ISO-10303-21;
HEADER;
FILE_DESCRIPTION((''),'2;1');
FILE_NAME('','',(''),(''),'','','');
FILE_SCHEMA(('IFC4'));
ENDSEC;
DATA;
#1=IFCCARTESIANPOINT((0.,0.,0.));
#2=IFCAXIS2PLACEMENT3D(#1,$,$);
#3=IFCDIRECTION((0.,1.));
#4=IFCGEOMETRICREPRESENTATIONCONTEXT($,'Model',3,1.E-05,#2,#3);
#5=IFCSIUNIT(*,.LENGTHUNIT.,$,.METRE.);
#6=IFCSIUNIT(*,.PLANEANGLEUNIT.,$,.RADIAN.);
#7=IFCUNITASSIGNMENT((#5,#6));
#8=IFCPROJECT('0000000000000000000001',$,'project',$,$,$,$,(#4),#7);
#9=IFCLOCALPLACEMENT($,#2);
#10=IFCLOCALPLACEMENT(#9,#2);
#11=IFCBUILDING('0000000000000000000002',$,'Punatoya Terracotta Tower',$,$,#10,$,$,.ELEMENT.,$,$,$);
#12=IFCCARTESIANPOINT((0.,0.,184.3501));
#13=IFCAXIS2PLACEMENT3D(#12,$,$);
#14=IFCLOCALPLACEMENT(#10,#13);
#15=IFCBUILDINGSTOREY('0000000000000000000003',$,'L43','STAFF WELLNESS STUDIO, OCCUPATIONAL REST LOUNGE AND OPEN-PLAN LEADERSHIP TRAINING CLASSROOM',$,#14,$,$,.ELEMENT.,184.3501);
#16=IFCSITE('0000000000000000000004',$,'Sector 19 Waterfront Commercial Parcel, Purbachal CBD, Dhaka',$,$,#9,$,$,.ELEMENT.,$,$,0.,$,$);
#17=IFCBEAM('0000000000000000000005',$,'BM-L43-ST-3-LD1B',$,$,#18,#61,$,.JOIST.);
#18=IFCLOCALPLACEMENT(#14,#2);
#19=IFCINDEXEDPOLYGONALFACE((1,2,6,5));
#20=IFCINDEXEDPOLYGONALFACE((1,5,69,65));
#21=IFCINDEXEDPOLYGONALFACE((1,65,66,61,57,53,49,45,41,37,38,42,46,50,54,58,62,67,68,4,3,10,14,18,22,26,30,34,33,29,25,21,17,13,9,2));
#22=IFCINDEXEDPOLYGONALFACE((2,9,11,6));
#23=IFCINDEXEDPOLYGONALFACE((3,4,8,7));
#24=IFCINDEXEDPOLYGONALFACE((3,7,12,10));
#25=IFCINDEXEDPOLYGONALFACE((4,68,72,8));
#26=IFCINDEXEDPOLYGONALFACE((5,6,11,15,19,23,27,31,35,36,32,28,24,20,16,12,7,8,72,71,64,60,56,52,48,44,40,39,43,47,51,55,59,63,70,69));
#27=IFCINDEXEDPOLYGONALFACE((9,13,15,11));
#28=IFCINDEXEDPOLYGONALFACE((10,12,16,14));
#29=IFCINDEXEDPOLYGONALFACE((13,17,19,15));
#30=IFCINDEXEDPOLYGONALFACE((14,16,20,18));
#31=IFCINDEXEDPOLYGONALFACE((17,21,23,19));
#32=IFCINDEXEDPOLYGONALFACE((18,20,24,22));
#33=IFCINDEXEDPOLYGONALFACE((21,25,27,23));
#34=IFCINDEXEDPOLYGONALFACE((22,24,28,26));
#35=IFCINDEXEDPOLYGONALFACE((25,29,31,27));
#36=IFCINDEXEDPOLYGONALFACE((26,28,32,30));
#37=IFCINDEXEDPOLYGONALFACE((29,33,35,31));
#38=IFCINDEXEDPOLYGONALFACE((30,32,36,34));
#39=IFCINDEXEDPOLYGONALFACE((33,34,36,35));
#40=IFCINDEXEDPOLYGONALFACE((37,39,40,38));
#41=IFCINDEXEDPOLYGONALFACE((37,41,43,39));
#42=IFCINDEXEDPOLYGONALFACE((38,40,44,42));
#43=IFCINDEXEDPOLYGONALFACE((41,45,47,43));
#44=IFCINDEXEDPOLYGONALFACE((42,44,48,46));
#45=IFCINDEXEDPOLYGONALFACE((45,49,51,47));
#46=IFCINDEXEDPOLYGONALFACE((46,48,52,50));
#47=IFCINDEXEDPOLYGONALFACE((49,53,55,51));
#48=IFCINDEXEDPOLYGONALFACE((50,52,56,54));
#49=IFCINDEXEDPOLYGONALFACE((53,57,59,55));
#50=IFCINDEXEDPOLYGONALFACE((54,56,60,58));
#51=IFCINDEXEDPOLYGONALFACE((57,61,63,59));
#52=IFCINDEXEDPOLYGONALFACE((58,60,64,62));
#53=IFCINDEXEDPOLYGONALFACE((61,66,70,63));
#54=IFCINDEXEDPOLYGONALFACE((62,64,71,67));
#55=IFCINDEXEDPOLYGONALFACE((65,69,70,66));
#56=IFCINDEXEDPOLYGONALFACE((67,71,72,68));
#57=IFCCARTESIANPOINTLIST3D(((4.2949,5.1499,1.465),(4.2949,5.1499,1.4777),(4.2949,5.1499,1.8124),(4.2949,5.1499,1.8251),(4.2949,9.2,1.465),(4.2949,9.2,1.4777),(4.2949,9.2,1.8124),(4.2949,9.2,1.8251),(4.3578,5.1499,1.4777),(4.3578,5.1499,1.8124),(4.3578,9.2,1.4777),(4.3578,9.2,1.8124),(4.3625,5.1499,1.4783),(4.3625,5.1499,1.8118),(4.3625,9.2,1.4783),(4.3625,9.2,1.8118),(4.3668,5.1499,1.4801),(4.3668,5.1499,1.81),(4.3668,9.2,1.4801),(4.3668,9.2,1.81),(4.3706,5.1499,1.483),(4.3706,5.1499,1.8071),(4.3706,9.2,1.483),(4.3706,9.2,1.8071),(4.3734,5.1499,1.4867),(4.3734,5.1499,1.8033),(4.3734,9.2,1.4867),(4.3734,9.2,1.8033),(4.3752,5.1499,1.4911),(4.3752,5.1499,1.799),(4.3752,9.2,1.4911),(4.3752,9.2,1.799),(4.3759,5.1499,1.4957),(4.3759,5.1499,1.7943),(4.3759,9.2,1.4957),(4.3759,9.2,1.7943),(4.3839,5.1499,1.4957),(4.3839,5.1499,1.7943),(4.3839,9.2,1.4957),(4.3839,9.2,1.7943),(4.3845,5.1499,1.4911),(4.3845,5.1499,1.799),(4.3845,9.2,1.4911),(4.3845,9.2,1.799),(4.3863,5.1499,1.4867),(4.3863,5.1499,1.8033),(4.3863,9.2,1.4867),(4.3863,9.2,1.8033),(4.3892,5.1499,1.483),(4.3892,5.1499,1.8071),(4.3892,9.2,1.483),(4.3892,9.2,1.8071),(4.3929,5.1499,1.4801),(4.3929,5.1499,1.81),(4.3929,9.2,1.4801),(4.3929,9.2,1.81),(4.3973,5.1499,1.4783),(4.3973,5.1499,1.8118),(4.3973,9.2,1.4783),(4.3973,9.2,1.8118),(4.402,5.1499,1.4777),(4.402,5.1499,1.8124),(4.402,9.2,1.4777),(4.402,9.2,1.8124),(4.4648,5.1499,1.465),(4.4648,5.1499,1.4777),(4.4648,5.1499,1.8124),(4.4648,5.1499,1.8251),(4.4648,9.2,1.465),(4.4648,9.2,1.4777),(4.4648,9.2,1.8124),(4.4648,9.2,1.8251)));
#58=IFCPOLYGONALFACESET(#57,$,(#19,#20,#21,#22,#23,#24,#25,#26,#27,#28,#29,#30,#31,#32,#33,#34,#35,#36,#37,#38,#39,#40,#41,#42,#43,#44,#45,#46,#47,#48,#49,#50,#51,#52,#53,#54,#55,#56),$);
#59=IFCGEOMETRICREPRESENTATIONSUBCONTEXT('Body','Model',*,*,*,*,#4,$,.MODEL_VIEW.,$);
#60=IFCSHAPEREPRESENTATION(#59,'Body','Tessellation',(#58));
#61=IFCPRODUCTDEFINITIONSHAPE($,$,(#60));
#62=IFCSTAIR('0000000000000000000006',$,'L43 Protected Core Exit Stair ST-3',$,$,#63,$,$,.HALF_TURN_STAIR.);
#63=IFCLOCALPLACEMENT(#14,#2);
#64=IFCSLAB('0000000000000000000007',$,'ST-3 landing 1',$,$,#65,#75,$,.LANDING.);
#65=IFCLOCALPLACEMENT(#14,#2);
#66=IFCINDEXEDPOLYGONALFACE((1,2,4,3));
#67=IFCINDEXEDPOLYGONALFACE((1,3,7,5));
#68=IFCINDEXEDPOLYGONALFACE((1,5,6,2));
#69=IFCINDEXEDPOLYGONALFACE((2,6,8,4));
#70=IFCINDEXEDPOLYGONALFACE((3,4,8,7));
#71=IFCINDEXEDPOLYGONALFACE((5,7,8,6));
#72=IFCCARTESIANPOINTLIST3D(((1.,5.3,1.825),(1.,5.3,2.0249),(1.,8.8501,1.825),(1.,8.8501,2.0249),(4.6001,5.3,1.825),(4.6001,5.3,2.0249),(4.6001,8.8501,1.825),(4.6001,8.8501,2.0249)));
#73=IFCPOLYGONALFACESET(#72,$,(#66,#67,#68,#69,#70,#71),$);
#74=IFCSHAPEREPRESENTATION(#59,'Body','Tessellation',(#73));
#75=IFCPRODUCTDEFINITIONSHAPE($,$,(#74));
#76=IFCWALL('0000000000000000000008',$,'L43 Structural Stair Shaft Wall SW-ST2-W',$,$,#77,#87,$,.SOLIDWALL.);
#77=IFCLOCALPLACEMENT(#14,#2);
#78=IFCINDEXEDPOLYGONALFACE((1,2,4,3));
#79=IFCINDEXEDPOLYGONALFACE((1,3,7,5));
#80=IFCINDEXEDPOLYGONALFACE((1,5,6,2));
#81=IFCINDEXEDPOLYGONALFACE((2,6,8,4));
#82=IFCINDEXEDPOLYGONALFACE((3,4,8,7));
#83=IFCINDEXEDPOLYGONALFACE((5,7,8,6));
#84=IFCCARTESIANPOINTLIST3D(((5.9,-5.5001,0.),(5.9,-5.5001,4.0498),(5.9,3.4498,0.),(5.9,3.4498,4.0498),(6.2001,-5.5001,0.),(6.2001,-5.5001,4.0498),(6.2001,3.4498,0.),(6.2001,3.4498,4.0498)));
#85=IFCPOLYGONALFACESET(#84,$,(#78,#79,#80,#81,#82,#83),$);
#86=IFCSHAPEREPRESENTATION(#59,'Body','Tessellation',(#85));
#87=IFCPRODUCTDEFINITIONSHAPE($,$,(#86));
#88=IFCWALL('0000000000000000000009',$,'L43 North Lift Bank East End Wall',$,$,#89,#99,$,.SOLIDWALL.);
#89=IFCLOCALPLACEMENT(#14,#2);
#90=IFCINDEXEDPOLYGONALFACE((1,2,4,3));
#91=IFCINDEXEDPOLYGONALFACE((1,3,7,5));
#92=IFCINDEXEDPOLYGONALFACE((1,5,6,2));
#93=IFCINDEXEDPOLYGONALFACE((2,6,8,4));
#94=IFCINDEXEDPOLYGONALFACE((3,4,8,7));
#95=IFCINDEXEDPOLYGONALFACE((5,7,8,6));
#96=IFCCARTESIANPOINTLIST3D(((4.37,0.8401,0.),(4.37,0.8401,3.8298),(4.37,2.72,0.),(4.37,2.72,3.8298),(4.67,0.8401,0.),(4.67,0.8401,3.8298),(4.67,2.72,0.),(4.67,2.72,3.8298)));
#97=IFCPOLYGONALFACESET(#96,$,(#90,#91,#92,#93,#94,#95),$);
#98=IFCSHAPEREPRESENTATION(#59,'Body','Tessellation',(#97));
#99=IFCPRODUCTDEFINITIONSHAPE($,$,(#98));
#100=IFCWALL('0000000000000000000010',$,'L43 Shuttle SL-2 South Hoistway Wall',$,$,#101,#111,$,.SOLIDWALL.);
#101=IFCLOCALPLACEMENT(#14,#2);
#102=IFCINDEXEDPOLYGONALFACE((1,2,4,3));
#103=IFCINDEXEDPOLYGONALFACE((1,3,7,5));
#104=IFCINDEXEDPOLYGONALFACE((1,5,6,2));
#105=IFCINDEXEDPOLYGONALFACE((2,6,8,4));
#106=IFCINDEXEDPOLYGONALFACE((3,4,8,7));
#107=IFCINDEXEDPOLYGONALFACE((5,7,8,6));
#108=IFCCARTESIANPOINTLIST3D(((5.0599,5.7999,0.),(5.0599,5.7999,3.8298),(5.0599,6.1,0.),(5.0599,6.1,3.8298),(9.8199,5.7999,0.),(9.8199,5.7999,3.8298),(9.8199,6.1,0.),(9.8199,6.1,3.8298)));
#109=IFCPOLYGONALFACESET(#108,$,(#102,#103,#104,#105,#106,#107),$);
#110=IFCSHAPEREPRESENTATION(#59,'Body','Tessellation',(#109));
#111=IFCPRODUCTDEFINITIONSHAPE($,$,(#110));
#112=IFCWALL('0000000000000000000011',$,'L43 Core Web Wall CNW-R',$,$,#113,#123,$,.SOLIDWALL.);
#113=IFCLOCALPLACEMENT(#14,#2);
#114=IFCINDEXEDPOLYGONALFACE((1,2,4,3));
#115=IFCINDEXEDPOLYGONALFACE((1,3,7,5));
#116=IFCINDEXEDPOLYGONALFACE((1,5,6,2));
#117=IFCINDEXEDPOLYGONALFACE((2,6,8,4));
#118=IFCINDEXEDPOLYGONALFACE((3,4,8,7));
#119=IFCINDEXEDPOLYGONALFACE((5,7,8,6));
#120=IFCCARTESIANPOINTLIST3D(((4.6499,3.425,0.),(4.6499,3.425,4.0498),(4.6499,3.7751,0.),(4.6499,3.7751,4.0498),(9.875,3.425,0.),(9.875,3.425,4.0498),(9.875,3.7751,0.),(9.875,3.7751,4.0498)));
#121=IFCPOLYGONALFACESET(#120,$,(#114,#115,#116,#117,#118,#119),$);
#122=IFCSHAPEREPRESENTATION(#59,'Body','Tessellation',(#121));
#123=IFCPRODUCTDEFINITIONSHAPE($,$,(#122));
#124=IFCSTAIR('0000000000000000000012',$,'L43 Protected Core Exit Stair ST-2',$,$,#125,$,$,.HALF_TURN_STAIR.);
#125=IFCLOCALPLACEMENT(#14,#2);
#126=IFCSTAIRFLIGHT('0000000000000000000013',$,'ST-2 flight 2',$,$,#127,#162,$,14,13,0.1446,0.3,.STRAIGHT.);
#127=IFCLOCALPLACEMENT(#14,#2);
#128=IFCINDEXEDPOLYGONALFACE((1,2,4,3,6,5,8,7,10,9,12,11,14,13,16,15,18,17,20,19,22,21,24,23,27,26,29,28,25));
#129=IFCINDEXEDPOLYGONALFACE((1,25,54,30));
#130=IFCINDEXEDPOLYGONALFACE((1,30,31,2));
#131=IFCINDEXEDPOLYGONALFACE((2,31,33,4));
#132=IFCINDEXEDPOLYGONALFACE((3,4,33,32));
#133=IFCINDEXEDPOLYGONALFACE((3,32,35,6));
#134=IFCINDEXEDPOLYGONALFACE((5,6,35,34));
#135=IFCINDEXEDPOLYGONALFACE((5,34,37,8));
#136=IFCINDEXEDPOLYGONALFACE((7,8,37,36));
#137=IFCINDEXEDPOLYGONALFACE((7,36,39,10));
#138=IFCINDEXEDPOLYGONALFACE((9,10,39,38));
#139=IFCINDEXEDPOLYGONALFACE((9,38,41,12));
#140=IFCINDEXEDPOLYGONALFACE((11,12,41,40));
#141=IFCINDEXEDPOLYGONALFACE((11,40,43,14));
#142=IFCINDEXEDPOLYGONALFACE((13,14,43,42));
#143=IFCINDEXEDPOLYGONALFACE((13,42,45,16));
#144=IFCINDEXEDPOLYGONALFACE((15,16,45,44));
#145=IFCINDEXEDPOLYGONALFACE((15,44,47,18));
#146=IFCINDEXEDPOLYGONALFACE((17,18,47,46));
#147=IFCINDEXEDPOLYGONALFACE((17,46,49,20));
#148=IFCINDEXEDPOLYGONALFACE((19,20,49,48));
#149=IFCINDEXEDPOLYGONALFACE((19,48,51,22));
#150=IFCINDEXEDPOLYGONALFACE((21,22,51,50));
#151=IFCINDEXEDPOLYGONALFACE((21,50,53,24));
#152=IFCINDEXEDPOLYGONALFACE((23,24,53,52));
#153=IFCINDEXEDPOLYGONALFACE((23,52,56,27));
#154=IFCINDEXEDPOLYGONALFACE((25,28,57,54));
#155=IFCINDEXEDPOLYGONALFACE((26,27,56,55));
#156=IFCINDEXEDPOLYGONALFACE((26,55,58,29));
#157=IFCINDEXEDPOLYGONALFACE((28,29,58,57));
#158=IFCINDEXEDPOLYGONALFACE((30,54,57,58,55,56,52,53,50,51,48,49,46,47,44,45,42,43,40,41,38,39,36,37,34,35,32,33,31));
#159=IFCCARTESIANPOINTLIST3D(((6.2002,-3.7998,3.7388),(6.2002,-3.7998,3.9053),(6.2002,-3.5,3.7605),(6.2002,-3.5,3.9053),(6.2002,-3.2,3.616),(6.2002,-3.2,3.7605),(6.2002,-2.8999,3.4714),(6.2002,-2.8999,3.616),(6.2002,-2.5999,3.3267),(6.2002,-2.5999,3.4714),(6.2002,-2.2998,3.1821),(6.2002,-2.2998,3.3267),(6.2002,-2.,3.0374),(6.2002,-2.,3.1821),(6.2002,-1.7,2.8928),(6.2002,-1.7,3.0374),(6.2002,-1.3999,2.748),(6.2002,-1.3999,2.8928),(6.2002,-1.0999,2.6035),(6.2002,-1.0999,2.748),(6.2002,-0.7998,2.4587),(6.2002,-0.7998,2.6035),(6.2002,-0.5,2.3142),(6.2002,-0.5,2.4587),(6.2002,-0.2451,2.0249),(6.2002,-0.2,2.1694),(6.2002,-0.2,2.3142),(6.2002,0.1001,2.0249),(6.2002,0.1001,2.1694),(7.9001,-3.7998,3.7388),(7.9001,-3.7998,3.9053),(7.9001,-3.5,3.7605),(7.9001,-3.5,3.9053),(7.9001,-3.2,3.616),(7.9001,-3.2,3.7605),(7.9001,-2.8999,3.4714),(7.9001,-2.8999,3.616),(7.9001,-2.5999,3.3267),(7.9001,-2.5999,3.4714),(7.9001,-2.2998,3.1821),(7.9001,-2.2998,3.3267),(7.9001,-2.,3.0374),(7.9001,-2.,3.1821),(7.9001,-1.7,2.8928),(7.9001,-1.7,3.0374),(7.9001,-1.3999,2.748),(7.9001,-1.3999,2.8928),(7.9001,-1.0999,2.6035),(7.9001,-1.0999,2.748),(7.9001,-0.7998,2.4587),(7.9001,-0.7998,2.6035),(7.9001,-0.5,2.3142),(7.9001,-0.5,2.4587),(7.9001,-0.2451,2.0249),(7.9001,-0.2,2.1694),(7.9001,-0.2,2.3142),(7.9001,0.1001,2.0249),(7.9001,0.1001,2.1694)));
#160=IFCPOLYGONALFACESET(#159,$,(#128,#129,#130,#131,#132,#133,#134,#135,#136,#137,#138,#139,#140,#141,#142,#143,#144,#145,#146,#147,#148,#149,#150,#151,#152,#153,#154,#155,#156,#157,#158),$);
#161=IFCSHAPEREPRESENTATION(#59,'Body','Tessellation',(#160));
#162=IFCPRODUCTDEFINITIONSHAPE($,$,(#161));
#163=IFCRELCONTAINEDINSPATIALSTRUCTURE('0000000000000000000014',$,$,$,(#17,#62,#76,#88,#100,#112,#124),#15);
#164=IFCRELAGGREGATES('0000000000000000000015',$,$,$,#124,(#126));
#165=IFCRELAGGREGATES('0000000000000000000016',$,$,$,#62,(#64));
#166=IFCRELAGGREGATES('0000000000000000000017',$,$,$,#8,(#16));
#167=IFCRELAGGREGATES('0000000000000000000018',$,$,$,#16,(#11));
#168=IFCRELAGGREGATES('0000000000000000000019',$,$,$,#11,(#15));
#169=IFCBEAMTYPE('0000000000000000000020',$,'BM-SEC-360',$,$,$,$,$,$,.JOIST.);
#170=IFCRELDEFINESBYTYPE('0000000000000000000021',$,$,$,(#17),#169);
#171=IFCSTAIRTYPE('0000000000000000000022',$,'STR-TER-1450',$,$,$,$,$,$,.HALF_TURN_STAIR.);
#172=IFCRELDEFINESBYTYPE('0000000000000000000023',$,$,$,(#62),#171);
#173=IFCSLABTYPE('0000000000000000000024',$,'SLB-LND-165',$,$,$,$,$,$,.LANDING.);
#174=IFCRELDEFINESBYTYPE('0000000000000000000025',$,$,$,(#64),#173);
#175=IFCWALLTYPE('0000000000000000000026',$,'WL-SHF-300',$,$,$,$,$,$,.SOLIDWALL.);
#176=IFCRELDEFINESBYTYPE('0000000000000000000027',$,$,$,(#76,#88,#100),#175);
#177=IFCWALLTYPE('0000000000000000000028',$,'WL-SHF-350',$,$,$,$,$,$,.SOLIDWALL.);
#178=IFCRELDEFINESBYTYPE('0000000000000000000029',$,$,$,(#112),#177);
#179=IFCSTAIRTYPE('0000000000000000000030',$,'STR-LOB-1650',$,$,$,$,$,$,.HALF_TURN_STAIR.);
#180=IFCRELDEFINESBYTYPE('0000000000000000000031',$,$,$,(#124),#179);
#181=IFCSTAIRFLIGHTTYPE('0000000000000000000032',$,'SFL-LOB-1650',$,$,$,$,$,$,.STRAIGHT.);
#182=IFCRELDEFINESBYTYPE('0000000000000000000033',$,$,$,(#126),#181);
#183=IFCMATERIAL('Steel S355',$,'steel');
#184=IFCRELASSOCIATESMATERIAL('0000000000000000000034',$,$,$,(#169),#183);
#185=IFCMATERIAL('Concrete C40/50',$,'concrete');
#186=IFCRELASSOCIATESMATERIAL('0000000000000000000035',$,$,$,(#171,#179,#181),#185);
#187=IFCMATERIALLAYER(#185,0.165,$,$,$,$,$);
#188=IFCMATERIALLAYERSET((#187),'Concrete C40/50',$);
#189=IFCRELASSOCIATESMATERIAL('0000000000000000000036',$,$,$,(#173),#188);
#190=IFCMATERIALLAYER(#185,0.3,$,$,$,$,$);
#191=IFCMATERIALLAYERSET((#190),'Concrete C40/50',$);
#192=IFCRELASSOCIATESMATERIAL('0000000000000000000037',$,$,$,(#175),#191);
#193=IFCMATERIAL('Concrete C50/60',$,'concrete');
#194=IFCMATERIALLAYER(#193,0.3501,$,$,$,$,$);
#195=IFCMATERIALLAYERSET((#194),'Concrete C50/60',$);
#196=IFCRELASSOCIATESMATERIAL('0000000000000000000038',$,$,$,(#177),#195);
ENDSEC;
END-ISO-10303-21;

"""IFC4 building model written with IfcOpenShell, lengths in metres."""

from ifc_helpers import new_model, si_unit, direction, frame, frame_2d, origin, origin_2d, place, context, subcontext, project, spatial, polyline, rectangle, i_section, outline, extrude, material, layer, layer_set, material_profile, profile_set, type_object, element, aggregate, save


model = new_model("IFC4")

# Units and contexts
model_context = context("Model", 3, precision=1e-05, world=origin(), true_north=direction((0.0, 1.0)))
body_context = subcontext(model_context, "Body", "Model", "MODEL_VIEW")
ifc_project = project(units=[si_unit("LENGTHUNIT", "METRE"), si_unit("PLANEANGLEUNIT", "RADIAN")], contexts=[model_context])

# Site, building, storey
site_placement = place(None, origin())
site = spatial("IfcSite", under=ifc_project, at=site_placement, Name="Sector 19 Waterfront Commercial Parcel, Purbachal CBD, Dhaka", CompositionType="ELEMENT", RefElevation=0.0)
building_placement = place(site_placement, origin())
building = spatial("IfcBuilding", under=site, at=building_placement, Name="Punatoya Terracotta Tower", CompositionType="ELEMENT")
storey_placement = place(building_placement, frame((0.0, 0.0, 184.3501)))
storey = spatial("IfcBuildingStorey", under=building, at=storey_placement, Name="L43", Description="STAFF WELLNESS STUDIO, OCCUPATIONAL REST LOUNGE AND OPEN-PLAN LEADERSHIP TRAINING CLASSROOM", CompositionType="ELEMENT", Elevation=184.3501)

# Beam
ifc_material_1 = material(Name="Steel S355", Category="steel")
ifc_material_profile_1 = material_profile(ifc_material_1, i_section(OverallWidth=0.1699, OverallDepth=0.3601, WebThickness=0.0081, FlangeThickness=0.0127, FilletRadius=0.0181, at=origin_2d()))
ifc_profile_set_1 = profile_set([ifc_material_profile_1], Name="Steel S355")
beam_type_1 = type_object("IfcBeamType", Name="BM-SEC-360", PredefinedType="JOIST", material=ifc_profile_set_1)
for number, where, z_axis, x_axis, name in (
    (1, (4.3799, 5.1499, 1.645), (0.0, 1.0, 0.0), (-1.0, 0.0, 0.0), "BM-L43-ST-3-LD1B"),
):
    element("IfcBeam", number, at=place(storey_placement, frame(where, z_axis=z_axis, x_axis=x_axis)), inside=storey, type_object=beam_type_1, Name=name, PredefinedType="JOIST", context=body_context, shape_type="SweptSolid", body=[
        extrude(i_section(OverallWidth=0.1699, OverallDepth=0.3601, WebThickness=0.0081, FlangeThickness=0.0127, FilletRadius=0.0181, at=origin_2d()), origin(), (0.0, 0.0, 1.0), 4.05),
    ])

# Stair, slab
ifc_material_2 = material(Name="Concrete C40/50", Category="concrete")
stair_type_1 = type_object("IfcStairType", Name="STR-TER-1450", PredefinedType="HALF_TURN_STAIR", material=ifc_material_2)
stair_1_placement = place(storey_placement, origin())
stair_1 = element("IfcStair", 2, at=stair_1_placement, inside=storey, type_object=stair_type_1, Name="L43 Protected Core Exit Stair ST-3", PredefinedType="HALF_TURN_STAIR")
ifc_layer_1 = layer(ifc_material_2, 0.165)
ifc_layer_set_1 = layer_set([ifc_layer_1], Name="Concrete C40/50")
slab_type = type_object("IfcSlabType", Name="SLB-LND-165", PredefinedType="LANDING", material=ifc_layer_set_1)
slab_placement = place(storey_placement, frame((0.0, 0.0, 1.825)))
slab = element("IfcSlab", 3, at=slab_placement, type_object=slab_type, Name="ST-3 landing 1", PredefinedType="LANDING", context=body_context, shape_type="SweptSolid", body=[
    extrude(outline(polyline([(1.0, 5.3), (4.6001, 5.3), (4.6001, 8.8501), (1.0, 8.8501), (1.0, 5.3)])), origin(), (0.0, 0.0, 1.0), 0.2),
])

# Walls
ifc_layer_2 = layer(ifc_material_2, 0.3)
ifc_layer_set_2 = layer_set([ifc_layer_2], Name="Concrete C40/50")
wall_type_1 = type_object("IfcWallType", Name="WL-SHF-300", PredefinedType="SOLIDWALL", material=ifc_layer_set_2)
wall_1_placement = place(storey_placement, frame((6.05, 3.45, 0.0), z_axis=(0.0, 0.0, 1.0), x_axis=(0.0, -1.0, 0.0)))
element("IfcWall", 4, at=wall_1_placement, inside=storey, type_object=wall_type_1, Name="L43 Structural Stair Shaft Wall SW-ST2-W", PredefinedType="SOLIDWALL", context=body_context, shape_type="SweptSolid", body=[
    extrude(rectangle(XDim=8.95, YDim=0.3, at=frame_2d((4.4751, 0.0))), origin(), (0.0, 0.0, 1.0), 4.0498),
])
wall_2_placement = place(storey_placement, frame((4.52, 0.8401, 0.0), z_axis=(0.0, 0.0, 1.0), x_axis=(0.0, 1.0, 0.0)))
element("IfcWall", 5, at=wall_2_placement, inside=storey, type_object=wall_type_1, Name="L43 North Lift Bank East End Wall", PredefinedType="SOLIDWALL", context=body_context, shape_type="SweptSolid", body=[
    extrude(rectangle(XDim=1.8799, YDim=0.3, at=frame_2d((0.9399, 0.0))), origin(), (0.0, 0.0, 1.0), 3.8298),
])
wall_3_placement = place(storey_placement, frame((5.0601, 5.95, 0.0), z_axis=(0.0, 0.0, 1.0), x_axis=(1.0, 0.0, 0.0)))
element("IfcWall", 6, at=wall_3_placement, inside=storey, type_object=wall_type_1, Name="L43 Shuttle SL-2 South Hoistway Wall", PredefinedType="SOLIDWALL", context=body_context, shape_type="SweptSolid", body=[
    extrude(rectangle(XDim=4.76, YDim=0.3, at=frame_2d((2.3799, 0.0))), origin(), (0.0, 0.0, 1.0), 3.8298),
])
ifc_material_3 = material(Name="Concrete C50/60", Category="concrete")
ifc_layer_3 = layer(ifc_material_3, 0.3501)
ifc_layer_set_3 = layer_set([ifc_layer_3], Name="Concrete C50/60")
wall_type_2 = type_object("IfcWallType", Name="WL-SHF-350", PredefinedType="SOLIDWALL", material=ifc_layer_set_3)
wall_4_placement = place(storey_placement, frame((4.6499, 3.6001, 0.0), z_axis=(0.0, 0.0, 1.0), x_axis=(1.0, 0.0, 0.0)))
element("IfcWall", 7, at=wall_4_placement, inside=storey, type_object=wall_type_2, Name="L43 Core Web Wall CNW-R", PredefinedType="SOLIDWALL", context=body_context, shape_type="SweptSolid", body=[
    extrude(rectangle(XDim=5.2251, YDim=0.3501, at=frame_2d((2.6125, 0.0))), origin(), (0.0, 0.0, 1.0), 4.0498),
])

# Stair, stair flight
stair_type_2 = type_object("IfcStairType", Name="STR-LOB-1650", PredefinedType="HALF_TURN_STAIR", material=ifc_material_2)
stair_2_placement = place(storey_placement, origin())
stair_2 = element("IfcStair", 8, at=stair_2_placement, inside=storey, type_object=stair_type_2, Name="L43 Protected Core Exit Stair ST-2", PredefinedType="HALF_TURN_STAIR")
stair_flight_type_1 = type_object("IfcStairFlightType", Name="SFL-LOB-1650", PredefinedType="STRAIGHT", material=ifc_material_2)
stair_flight_1_placement = place(storey_placement, frame((7.05, 0.1001, 2.0249), z_axis=(0.0, 0.0, 1.0), x_axis=(0.0, -1.0, 0.0)))
stair_flight_1 = element("IfcStairFlight", 9, at=stair_flight_1_placement, type_object=stair_flight_type_1, Name="ST-2 flight 2", NumberOfRisers=14, NumberOfTreads=13, PredefinedType="STRAIGHT", RiserHeight=0.1446, TreadLength=0.3, context=body_context, shape_type="SweptSolid", body=[
    extrude(outline(polyline([(0.0, 0.0), (0.0, 0.1445), (0.3, 0.1445), (0.3, 0.2893), (0.6001, 0.2893), (0.6001, 0.4338), (0.8999, 0.4338), (0.8999, 0.5786), (1.2, 0.5786), (1.2, 0.7231), (1.5, 0.7231), (1.5, 0.8679), (1.8, 0.8679), (1.8, 1.0125), (2.1001, 1.0125), (2.1001, 1.1572), (2.3999, 1.1572), (2.3999, 1.3018), (2.7, 1.3018), (2.7, 1.4465), (3.0, 1.4465), (3.0, 1.5911), (3.3, 1.5911), (3.3, 1.7356), (3.6001, 1.7356), (3.6001, 1.8804), (3.8999, 1.8804), (3.8999, 2.0249), (3.8999, 1.7139), (0.3452, 0.0), (0.0, 0.0)])), frame((0.0, 0.8501, 0.0), z_axis=(0.0, -1.0, 0.0), x_axis=(1.0, 0.0, 0.0)), (0.0, 0.0, 1.0), 1.7),
])
aggregate(stair_2, [stair_flight_1])

aggregate(stair_1, [slab])

save(model, "model.ifc")
